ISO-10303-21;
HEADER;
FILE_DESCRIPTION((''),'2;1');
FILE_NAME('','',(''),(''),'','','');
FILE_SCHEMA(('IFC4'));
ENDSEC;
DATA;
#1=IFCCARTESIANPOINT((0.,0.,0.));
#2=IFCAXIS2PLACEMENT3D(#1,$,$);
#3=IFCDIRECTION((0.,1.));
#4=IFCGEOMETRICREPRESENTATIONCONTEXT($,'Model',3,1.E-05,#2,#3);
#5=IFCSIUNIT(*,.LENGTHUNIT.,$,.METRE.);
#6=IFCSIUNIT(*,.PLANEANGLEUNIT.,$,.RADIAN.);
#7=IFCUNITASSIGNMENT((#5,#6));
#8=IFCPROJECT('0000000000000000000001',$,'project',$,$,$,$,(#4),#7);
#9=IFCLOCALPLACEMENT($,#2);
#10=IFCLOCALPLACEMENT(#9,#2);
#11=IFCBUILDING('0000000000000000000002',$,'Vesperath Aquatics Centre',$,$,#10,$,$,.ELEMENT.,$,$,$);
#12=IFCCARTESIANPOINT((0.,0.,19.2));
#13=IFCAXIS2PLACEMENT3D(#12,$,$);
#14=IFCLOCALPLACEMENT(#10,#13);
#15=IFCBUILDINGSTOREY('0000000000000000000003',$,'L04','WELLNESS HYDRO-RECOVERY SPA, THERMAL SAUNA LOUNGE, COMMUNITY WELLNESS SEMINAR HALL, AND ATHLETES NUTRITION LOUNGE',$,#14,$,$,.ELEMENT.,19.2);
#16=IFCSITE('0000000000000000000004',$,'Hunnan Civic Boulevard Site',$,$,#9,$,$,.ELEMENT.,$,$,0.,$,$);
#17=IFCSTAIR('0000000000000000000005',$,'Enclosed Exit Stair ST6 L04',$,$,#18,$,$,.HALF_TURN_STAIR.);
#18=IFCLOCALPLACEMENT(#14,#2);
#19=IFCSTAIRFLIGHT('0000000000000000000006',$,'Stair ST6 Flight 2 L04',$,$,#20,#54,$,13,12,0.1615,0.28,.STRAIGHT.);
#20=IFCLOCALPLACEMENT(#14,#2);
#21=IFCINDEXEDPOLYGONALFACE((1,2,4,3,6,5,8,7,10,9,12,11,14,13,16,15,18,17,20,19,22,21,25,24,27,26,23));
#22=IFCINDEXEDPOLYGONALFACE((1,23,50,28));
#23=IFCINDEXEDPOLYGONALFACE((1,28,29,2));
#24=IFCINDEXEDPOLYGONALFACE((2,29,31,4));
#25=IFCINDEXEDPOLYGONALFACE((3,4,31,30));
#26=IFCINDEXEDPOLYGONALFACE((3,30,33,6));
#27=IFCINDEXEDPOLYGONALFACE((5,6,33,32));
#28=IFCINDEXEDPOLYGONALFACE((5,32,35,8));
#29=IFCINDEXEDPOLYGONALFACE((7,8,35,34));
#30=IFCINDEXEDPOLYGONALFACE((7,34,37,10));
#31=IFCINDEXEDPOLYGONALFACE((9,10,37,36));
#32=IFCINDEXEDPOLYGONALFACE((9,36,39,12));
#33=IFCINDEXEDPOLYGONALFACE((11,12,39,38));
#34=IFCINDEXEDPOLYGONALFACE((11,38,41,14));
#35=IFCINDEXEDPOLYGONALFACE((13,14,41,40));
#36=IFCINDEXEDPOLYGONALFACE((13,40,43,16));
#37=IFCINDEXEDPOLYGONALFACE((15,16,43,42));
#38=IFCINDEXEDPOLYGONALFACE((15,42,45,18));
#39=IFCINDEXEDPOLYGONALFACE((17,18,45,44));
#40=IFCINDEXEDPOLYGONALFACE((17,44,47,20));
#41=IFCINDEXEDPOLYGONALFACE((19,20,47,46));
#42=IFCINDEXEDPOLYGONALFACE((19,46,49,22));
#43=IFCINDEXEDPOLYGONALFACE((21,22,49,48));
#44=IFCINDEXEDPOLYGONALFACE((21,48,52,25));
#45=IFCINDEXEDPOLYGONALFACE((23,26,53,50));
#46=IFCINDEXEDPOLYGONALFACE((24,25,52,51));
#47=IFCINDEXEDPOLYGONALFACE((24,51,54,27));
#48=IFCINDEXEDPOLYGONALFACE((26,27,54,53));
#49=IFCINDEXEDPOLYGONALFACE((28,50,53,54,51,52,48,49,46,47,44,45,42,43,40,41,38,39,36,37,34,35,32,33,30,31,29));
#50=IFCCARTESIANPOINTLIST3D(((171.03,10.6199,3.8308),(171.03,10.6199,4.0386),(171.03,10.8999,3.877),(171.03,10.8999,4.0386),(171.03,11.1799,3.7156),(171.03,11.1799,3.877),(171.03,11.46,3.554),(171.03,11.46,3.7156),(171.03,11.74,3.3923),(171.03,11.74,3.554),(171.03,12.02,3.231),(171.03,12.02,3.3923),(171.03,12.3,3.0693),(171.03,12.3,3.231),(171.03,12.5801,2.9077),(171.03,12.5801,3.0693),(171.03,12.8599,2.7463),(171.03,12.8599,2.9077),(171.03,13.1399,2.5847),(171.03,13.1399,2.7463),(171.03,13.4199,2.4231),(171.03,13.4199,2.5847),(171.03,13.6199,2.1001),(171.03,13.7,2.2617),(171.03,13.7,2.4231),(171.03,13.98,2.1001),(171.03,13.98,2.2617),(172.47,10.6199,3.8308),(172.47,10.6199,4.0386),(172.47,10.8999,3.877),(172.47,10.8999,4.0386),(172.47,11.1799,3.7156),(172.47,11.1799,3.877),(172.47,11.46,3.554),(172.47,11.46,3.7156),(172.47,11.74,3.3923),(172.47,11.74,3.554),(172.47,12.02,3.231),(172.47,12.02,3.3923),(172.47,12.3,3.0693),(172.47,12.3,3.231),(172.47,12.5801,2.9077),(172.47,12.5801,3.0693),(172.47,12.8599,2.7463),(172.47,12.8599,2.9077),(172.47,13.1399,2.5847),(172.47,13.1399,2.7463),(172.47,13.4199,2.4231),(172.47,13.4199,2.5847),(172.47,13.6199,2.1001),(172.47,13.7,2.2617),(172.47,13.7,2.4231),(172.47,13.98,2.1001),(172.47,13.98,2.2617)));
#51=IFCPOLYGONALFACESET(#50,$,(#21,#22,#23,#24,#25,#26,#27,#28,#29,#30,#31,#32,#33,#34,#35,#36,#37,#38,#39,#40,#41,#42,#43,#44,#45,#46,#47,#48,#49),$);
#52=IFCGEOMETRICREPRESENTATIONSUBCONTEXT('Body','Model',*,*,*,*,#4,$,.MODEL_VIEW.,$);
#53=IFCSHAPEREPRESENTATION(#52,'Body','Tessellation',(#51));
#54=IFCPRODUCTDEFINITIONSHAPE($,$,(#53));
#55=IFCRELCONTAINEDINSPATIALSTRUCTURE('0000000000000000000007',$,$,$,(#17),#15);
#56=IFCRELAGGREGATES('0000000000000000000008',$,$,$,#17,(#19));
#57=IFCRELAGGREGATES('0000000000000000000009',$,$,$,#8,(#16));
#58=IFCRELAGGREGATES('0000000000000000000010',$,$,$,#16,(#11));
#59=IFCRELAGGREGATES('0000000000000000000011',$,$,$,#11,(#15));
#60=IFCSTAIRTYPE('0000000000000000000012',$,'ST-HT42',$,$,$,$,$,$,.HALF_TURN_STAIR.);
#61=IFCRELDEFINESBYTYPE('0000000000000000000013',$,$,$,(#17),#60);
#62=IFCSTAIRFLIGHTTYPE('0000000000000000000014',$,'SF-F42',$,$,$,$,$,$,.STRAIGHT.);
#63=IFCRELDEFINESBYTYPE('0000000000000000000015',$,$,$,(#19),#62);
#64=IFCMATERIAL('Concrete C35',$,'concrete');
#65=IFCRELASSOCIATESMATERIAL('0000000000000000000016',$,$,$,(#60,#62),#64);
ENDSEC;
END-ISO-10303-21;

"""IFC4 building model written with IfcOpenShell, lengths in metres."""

from ifc_helpers import new_model, si_unit, direction, frame, origin, place, context, subcontext, project, spatial, polyline, outline, extrude, material, type_object, element, aggregate, save


model = new_model("IFC4")

# Units and contexts
model_context = context("Model", 3, precision=1e-05, world=origin(), true_north=direction((0.0, 1.0)))
body_context = subcontext(model_context, "Body", "Model", "MODEL_VIEW")
ifc_project = project(units=[si_unit("LENGTHUNIT", "METRE"), si_unit("PLANEANGLEUNIT", "RADIAN")], contexts=[model_context])

# Site, building, storey
site_placement = place(None, origin())
site = spatial("IfcSite", under=ifc_project, at=site_placement, Name="Hunnan Civic Boulevard Site", CompositionType="ELEMENT", RefElevation=0.0)
building_placement = place(site_placement, origin())
building = spatial("IfcBuilding", under=site, at=building_placement, Name="Vesperath Aquatics Centre", CompositionType="ELEMENT")
storey_placement = place(building_placement, frame((0.0, 0.0, 19.2)))
storey = spatial("IfcBuildingStorey", under=building, at=storey_placement, Name="L04", Description="WELLNESS HYDRO-RECOVERY SPA, THERMAL SAUNA LOUNGE, COMMUNITY WELLNESS SEMINAR HALL, AND ATHLETES NUTRITION LOUNGE", CompositionType="ELEMENT", Elevation=19.2)

# Shared definitions
ifc_material_1 = material(Name="Concrete C35", Category="concrete")

# Stair, stair flight
stair_type = type_object("IfcStairType", Name="ST-HT42", PredefinedType="HALF_TURN_STAIR", material=ifc_material_1)
stair_placement = place(storey_placement, origin())
stair = element("IfcStair", 1, at=stair_placement, inside=storey, type_object=stair_type, Name="Enclosed Exit Stair ST6 L04", PredefinedType="HALF_TURN_STAIR")
stair_flight_type = type_object("IfcStairFlightType", Name="SF-F42", PredefinedType="STRAIGHT", material=ifc_material_1)
stair_flight_1_placement = place(storey_placement, frame((171.75, 13.98, 2.1001), z_axis=(0.0, 0.0, 1.0), x_axis=(0.0, -1.0, 0.0)))
stair_flight_1 = element("IfcStairFlight", 2, at=stair_flight_1_placement, type_object=stair_flight_type, Name="Stair ST6 Flight 2 L04", NumberOfRisers=13, NumberOfTreads=12, PredefinedType="STRAIGHT", RiserHeight=0.1615, TreadLength=0.28, context=body_context, shape_type="SweptSolid", body=[
    extrude(outline(polyline([(0.0, 0.0), (0.0, 0.1616), (0.28, 0.1616), (0.28, 0.323), (0.5601, 0.323), (0.5601, 0.4846), (0.8401, 0.4846), (0.8401, 0.6462), (1.1201, 0.6462), (1.1201, 0.8076), (1.3999, 0.8076), (1.3999, 0.9692), (1.6799, 0.9692), (1.6799, 1.1309), (1.96, 1.1309), (1.96, 1.2922), (2.24, 1.2922), (2.24, 1.4539), (2.52, 1.4539), (2.52, 1.6155), (2.8, 1.6155), (2.8, 1.7769), (3.0801, 1.7769), (3.0801, 1.9385), (3.3601, 1.9385), (3.3601, 2.1001), (3.3601, 1.7307), (0.3601, 0.0), (0.0, 0.0)])), frame((0.0, 0.72, 0.0), z_axis=(0.0, -1.0, 0.0), x_axis=(1.0, 0.0, 0.0)), (0.0, 0.0, 1.0), 1.4399),
])
aggregate(stair, [stair_flight_1])

save(model, "model.ifc")
